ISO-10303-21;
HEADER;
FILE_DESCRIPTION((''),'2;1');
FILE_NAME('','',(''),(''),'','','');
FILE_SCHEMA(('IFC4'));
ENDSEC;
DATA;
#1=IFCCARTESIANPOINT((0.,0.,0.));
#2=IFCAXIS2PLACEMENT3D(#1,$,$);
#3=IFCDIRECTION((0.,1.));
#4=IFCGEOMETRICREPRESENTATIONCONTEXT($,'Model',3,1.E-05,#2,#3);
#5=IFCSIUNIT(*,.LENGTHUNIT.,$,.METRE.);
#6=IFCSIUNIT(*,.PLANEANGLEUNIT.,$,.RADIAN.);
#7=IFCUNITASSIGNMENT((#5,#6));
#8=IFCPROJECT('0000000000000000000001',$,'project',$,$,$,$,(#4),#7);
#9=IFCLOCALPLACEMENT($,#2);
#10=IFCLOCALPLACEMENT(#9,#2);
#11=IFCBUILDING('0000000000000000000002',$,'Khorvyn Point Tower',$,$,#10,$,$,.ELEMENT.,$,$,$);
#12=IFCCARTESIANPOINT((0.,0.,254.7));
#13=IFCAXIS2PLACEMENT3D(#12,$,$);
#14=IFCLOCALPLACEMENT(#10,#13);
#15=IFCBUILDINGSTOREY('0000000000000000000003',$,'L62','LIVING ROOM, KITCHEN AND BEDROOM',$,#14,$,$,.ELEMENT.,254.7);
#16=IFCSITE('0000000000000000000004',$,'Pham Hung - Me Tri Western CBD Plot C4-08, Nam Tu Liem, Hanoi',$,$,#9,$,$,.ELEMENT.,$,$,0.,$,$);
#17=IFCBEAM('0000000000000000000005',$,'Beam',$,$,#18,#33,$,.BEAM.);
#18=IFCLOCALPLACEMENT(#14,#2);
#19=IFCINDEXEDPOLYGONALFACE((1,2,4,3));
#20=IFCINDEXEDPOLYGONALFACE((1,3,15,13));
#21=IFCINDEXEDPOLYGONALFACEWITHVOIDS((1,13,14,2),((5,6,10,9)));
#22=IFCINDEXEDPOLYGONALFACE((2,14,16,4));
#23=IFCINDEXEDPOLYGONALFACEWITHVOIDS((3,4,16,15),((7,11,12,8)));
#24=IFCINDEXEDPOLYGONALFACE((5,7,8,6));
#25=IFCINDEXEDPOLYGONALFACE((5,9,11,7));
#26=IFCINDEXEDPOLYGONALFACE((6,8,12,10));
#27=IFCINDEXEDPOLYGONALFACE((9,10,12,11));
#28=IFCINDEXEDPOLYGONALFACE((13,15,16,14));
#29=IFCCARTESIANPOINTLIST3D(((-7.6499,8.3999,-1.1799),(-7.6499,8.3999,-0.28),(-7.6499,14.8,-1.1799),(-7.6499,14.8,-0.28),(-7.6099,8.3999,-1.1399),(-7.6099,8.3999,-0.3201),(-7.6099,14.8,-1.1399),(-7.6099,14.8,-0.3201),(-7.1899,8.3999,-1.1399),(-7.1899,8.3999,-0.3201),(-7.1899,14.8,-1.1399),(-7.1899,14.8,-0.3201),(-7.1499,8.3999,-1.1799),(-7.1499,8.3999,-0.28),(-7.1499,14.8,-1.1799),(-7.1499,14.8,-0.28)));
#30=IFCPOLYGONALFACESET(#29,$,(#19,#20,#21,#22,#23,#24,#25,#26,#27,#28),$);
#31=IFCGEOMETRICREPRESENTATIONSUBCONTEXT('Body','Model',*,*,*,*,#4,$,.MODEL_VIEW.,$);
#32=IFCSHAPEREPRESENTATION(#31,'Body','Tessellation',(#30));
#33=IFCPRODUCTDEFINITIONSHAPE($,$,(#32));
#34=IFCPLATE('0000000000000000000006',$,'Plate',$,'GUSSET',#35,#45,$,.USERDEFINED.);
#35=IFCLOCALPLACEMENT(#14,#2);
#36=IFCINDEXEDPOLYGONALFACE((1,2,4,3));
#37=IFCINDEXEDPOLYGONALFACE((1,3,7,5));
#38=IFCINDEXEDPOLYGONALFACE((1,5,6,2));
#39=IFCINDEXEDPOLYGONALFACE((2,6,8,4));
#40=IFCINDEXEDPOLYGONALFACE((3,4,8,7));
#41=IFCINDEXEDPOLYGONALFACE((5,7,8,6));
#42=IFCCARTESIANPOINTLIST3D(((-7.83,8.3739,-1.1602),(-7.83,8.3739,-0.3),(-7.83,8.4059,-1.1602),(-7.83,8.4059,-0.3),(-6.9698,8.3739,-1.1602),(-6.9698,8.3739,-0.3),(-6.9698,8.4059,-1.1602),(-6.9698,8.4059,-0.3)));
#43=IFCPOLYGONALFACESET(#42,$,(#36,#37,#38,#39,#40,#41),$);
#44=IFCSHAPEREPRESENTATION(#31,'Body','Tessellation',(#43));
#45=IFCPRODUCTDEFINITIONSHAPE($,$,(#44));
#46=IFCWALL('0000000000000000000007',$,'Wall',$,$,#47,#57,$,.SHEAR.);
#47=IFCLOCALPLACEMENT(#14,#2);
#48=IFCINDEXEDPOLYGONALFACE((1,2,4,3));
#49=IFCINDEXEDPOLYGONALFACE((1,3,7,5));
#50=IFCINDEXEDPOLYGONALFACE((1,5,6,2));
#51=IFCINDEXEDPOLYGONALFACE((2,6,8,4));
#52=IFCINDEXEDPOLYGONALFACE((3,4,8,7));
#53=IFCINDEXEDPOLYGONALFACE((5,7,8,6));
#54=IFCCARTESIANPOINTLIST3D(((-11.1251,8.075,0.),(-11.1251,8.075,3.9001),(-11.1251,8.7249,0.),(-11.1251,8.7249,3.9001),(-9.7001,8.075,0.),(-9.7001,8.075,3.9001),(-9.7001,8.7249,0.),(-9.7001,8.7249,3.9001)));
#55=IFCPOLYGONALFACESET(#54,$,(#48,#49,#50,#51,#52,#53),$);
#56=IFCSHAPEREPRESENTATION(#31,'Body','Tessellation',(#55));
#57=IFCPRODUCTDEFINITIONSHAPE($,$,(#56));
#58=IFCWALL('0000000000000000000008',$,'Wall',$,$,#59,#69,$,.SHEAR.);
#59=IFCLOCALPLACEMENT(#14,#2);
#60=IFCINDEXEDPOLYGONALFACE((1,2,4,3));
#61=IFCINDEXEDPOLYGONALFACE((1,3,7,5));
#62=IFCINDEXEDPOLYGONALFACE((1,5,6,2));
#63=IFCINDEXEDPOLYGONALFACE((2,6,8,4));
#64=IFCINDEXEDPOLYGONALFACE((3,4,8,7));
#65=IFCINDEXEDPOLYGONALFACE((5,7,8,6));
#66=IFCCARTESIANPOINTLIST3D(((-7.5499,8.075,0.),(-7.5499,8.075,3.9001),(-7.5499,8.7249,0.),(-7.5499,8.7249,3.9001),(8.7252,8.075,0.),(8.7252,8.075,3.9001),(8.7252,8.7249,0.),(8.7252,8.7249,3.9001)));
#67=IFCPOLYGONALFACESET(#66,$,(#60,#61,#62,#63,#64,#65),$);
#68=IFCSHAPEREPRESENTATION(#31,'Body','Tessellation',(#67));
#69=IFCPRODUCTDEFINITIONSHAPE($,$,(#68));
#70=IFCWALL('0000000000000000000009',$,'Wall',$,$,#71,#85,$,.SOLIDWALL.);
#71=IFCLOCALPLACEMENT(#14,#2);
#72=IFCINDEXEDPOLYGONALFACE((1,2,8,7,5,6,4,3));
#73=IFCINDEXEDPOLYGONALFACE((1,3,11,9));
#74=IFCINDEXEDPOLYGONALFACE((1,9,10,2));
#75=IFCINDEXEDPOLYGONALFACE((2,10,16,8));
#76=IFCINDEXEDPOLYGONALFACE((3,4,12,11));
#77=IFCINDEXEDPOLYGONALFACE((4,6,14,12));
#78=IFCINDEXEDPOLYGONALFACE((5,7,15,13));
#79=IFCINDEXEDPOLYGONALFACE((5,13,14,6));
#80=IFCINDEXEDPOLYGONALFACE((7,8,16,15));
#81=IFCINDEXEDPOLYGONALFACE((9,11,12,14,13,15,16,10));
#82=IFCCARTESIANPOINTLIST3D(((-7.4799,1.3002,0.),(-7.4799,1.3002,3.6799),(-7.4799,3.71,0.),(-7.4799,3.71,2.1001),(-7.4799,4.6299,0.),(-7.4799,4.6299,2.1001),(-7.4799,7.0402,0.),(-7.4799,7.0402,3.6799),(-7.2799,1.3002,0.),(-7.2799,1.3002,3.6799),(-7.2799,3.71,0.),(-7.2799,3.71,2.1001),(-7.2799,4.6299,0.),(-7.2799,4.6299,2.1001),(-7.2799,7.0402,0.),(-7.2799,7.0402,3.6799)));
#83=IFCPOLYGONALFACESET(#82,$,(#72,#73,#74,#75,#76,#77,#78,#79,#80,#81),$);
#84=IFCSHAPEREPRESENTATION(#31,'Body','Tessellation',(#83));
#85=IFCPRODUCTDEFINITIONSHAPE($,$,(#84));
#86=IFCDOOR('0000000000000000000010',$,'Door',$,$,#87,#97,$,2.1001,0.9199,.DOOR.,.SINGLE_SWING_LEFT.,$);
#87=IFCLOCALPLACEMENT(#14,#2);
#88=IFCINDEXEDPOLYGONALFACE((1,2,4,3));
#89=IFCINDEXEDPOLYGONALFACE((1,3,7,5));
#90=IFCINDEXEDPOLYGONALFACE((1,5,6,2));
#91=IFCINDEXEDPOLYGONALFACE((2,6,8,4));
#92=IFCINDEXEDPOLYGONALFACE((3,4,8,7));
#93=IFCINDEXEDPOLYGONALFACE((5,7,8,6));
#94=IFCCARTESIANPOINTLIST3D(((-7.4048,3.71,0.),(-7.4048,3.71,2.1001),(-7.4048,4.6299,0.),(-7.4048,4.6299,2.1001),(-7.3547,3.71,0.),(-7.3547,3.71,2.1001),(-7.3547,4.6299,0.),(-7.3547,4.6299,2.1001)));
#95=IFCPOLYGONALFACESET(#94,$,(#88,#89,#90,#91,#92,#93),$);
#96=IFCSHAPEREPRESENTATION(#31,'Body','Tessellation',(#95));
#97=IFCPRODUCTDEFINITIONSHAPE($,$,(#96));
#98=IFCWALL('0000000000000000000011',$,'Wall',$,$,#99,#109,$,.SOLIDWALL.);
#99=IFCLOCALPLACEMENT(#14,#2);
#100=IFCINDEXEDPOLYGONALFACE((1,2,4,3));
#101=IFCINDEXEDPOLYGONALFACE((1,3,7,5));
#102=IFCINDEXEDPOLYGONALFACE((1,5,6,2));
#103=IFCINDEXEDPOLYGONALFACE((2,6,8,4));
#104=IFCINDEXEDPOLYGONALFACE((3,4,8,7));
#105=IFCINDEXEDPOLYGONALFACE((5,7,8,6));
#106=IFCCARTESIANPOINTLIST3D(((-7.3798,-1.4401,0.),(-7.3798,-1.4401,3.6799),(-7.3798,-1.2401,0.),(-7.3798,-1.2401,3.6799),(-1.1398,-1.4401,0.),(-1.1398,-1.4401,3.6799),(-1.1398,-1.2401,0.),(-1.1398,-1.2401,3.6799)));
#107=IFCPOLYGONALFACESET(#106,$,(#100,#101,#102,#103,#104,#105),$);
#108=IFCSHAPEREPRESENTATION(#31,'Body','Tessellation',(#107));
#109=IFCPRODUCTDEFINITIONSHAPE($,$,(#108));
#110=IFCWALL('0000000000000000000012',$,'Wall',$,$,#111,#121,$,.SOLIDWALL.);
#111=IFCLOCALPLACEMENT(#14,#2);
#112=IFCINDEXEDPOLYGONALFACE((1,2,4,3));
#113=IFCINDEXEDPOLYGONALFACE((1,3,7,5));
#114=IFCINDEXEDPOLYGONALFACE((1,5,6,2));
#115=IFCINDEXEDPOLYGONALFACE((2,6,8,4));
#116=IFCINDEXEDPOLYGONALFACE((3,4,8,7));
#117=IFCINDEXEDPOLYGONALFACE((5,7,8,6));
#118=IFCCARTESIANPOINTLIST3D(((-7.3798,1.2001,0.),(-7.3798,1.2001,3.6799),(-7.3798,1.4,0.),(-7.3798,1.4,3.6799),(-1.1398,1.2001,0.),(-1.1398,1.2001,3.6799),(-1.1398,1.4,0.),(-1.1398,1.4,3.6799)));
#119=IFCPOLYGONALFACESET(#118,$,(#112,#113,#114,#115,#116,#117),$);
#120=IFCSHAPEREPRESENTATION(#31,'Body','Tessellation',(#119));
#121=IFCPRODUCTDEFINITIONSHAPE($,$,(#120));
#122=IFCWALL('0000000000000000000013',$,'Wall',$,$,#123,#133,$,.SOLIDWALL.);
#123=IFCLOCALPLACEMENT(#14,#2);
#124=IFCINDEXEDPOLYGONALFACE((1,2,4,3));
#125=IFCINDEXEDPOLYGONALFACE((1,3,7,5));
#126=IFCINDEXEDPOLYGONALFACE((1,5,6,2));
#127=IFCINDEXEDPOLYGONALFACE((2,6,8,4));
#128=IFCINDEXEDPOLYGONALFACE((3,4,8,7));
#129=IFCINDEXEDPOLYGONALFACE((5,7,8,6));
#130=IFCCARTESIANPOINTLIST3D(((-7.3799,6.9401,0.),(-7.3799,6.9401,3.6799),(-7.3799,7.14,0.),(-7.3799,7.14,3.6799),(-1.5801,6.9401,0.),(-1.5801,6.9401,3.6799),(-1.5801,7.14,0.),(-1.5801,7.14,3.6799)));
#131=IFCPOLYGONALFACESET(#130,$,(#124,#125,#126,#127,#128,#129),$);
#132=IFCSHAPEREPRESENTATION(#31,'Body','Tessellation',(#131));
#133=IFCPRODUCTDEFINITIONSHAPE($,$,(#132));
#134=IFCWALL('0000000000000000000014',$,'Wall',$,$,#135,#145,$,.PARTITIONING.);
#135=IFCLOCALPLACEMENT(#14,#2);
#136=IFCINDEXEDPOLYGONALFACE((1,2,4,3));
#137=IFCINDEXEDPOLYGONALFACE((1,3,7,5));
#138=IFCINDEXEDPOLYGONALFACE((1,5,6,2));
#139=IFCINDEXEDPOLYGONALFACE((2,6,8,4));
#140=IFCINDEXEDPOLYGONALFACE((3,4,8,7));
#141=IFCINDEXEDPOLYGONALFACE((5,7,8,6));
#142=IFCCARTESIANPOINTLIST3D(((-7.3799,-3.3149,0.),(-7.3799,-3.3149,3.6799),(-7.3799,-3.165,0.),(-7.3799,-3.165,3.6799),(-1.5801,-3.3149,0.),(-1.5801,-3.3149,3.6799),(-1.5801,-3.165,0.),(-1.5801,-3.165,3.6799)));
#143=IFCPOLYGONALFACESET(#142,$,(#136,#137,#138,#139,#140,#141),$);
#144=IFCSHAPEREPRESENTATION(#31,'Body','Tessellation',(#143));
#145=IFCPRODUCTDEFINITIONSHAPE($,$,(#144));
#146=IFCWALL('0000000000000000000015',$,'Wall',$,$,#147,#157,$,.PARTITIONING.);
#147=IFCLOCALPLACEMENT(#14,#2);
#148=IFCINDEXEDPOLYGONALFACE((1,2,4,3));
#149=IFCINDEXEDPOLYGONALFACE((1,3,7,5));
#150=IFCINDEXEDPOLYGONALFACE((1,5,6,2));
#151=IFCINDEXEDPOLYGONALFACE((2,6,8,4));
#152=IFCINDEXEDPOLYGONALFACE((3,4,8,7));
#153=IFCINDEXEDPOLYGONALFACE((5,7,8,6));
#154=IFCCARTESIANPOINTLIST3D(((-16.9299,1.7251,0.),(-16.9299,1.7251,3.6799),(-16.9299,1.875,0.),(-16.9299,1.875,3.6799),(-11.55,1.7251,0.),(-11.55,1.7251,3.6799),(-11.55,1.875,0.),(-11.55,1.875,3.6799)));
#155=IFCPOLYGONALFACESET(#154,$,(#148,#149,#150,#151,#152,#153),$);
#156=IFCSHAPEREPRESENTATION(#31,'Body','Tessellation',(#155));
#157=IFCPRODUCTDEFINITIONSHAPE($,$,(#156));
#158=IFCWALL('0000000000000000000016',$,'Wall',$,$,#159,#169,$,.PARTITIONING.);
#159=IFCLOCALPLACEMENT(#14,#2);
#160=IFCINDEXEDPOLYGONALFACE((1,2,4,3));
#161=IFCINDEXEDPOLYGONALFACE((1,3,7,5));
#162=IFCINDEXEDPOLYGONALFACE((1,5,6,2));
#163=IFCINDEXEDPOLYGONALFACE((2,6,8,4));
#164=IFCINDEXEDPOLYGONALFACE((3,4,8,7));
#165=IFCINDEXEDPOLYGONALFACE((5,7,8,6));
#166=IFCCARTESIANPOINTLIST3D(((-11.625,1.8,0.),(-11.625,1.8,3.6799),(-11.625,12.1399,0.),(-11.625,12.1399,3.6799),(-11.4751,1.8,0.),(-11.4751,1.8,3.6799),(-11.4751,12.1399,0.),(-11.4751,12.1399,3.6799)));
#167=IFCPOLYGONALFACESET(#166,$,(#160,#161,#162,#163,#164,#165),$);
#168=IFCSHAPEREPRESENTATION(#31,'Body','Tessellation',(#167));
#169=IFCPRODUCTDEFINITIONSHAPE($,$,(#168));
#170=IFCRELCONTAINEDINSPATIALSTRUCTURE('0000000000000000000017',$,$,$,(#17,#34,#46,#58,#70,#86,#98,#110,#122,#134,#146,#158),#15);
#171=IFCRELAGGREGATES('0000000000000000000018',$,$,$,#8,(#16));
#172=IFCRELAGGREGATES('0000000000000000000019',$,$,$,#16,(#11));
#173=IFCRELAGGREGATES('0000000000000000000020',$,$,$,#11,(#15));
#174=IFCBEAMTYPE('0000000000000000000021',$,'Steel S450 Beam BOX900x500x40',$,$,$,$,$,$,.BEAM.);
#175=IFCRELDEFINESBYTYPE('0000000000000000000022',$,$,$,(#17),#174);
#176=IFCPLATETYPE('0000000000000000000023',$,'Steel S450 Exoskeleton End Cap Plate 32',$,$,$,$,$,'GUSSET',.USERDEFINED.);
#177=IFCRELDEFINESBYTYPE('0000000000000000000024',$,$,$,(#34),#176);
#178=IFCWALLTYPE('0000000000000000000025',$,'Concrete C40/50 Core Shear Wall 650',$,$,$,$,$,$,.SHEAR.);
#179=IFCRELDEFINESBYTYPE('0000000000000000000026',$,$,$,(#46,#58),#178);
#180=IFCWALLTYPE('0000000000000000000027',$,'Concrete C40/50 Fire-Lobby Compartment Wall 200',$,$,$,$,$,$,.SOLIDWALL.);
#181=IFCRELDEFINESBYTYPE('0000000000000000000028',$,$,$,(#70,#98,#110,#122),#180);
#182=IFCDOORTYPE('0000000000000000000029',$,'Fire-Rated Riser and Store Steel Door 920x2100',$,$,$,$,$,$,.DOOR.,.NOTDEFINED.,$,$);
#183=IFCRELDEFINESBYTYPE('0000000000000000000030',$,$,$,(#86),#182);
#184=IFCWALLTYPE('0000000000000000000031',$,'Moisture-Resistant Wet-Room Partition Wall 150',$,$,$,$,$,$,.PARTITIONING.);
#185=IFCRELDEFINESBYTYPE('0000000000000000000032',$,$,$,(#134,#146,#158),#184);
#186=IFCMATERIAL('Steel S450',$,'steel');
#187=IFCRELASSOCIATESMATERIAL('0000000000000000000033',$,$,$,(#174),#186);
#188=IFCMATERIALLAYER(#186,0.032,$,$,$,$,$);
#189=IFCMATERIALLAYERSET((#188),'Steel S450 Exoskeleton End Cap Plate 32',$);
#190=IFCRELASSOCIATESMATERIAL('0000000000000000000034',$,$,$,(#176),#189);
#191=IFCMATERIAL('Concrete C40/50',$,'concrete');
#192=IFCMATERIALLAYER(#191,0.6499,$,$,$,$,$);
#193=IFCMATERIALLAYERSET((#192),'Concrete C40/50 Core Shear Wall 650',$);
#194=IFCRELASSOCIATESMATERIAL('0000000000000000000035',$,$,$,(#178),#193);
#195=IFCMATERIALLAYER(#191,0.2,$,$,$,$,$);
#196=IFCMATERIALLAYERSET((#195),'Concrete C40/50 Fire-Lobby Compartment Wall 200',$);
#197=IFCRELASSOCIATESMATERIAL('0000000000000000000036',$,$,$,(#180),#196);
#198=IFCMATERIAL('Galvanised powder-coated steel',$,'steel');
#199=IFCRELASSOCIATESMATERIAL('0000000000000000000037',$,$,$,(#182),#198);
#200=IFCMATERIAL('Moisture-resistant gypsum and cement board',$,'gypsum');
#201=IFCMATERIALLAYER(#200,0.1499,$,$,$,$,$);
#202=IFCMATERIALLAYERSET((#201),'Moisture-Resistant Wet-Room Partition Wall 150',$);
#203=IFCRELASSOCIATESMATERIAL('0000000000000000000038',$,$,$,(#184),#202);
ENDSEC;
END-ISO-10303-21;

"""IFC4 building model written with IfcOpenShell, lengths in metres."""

from ifc_helpers import new_model, si_unit, direction, frame, frame_2d, origin, origin_2d, place, context, subcontext, project, spatial, rectangle, hollow_rectangle, extrude, material, layer, layer_set, material_profile, profile_set, type_object, element, fill, save


model = new_model("IFC4")

# Units and contexts
model_context = context("Model", 3, precision=1e-05, world=origin(), true_north=direction((0.0, 1.0)))
body_context = subcontext(model_context, "Body", "Model", "MODEL_VIEW")
ifc_project = project(units=[si_unit("LENGTHUNIT", "METRE"), si_unit("PLANEANGLEUNIT", "RADIAN")], contexts=[model_context])

# Site, building, storey
site_placement = place(None, origin())
site = spatial("IfcSite", under=ifc_project, at=site_placement, Name="Pham Hung - Me Tri Western CBD Plot C4-08, Nam Tu Liem, Hanoi", CompositionType="ELEMENT", RefElevation=0.0)
building_placement = place(site_placement, origin())
building = spatial("IfcBuilding", under=site, at=building_placement, Name="Khorvyn Point Tower", CompositionType="ELEMENT")
storey_placement = place(building_placement, frame((0.0, 0.0, 254.7)))
storey = spatial("IfcBuildingStorey", under=building, at=storey_placement, Name="L62", Description="LIVING ROOM, KITCHEN AND BEDROOM", CompositionType="ELEMENT", Elevation=254.7)

# Shared definitions
ifc_material_1 = material(Name="Concrete C40/50", Category="concrete")

# Beam
ifc_material_2 = material(Name="Steel S450", Category="steel")
ifc_material_profile_1 = material_profile(ifc_material_2, hollow_rectangle(XDim=0.5, YDim=0.8999, WallThickness=0.04, at=origin_2d()))
ifc_profile_set_1 = profile_set([ifc_material_profile_1], Name="Steel S450 BOX900x500x40")
beam_type_1 = type_object("IfcBeamType", Name="Steel S450 Beam BOX900x500x40", PredefinedType="BEAM", material=ifc_profile_set_1)
beam_1_placement = place(storey_placement, frame((-7.3999, 8.3999, -0.73), z_axis=(0.0, 1.0, 0.0), x_axis=(-1.0, 0.0, 0.0)))
element("IfcBeam", 1, at=beam_1_placement, inside=storey, type_object=beam_type_1, Name="Beam", PredefinedType="BEAM", context=body_context, shape_type="SweptSolid", body=[
    extrude(hollow_rectangle(XDim=0.5, YDim=0.8999, WallThickness=0.04, at=origin_2d()), origin(), (0.0, 0.0, 1.0), 6.4001),
])

# Plate
ifc_layer_1 = layer(ifc_material_2, 0.032)
ifc_layer_set_1 = layer_set([ifc_layer_1], Name="Steel S450 Exoskeleton End Cap Plate 32")
plate_type = type_object("IfcPlateType", Name="Steel S450 Exoskeleton End Cap Plate 32", ElementType="GUSSET", PredefinedType="USERDEFINED", material=ifc_layer_set_1)
plate_placement = place(storey_placement, frame((-7.3999, 8.3899, -1.1602), z_axis=(0.0, 0.0, 1.0), x_axis=(1.0, 0.0, 0.0)))
element("IfcPlate", 2, at=plate_placement, inside=storey, type_object=plate_type, Name="Plate", ObjectType="GUSSET", PredefinedType="USERDEFINED", context=body_context, shape_type="SweptSolid", body=[
    extrude(rectangle(XDim=0.8601, YDim=0.032, at=origin_2d()), origin(), (0.0, 0.0, 1.0), 0.8601),
])

# Walls
ifc_layer_2 = layer(ifc_material_1, 0.6499)
ifc_layer_set_2 = layer_set([ifc_layer_2], Name="Concrete C40/50 Core Shear Wall 650")
wall_type_1 = type_object("IfcWallType", Name="Concrete C40/50 Core Shear Wall 650", PredefinedType="SHEAR", material=ifc_layer_set_2)
wall_1_placement = place(storey_placement, frame((-11.125, 8.3999, 0.0), z_axis=(0.0, 0.0, 1.0), x_axis=(1.0, 0.0, 0.0)))
element("IfcWall", 3, at=wall_1_placement, inside=storey, type_object=wall_type_1, Name="Wall", PredefinedType="SHEAR", context=body_context, shape_type="SweptSolid", body=[
    extrude(rectangle(XDim=1.425, YDim=0.6499, at=frame_2d((0.7124, 0.0))), origin(), (0.0, 0.0, 1.0), 3.9001),
])
wall_2_placement = place(storey_placement, frame((-7.55, 8.3999, 0.0), z_axis=(0.0, 0.0, 1.0), x_axis=(1.0, 0.0, 0.0)))
element("IfcWall", 4, at=wall_2_placement, inside=storey, type_object=wall_type_1, Name="Wall", PredefinedType="SHEAR", context=body_context, shape_type="SweptSolid", body=[
    extrude(rectangle(XDim=16.2751, YDim=0.6499, at=frame_2d((8.1377, 0.0))), origin(), (0.0, 0.0, 1.0), 3.9001),
])

# Wall, opening, door
ifc_layer_3 = layer(ifc_material_1, 0.2)
ifc_layer_set_3 = layer_set([ifc_layer_3], Name="Concrete C40/50 Fire-Lobby Compartment Wall 200")
wall_type_2 = type_object("IfcWallType", Name="Concrete C40/50 Fire-Lobby Compartment Wall 200", PredefinedType="SOLIDWALL", material=ifc_layer_set_3)
ifc_material_3 = material(Name="Galvanised powder-coated steel", Category="steel")
wall_3_placement = place(storey_placement, frame((-7.3799, 1.3, 0.0), z_axis=(0.0, 0.0, 1.0), x_axis=(0.0, 1.0, 0.0)))
wall_3 = element("IfcWall", 5, at=wall_3_placement, inside=storey, type_object=wall_type_2, Name="Wall", PredefinedType="SOLIDWALL", context=body_context, shape_type="SweptSolid", body=[
    extrude(rectangle(XDim=5.74, YDim=0.2, at=frame_2d((2.8701, 0.0))), origin(), (0.0, 0.0, 1.0), 3.6799),
])
opening_1_placement = place(wall_3_placement, frame((2.4099, 0.0, 0.0)))
opening_1 = element("IfcOpeningElement", 6, at=opening_1_placement, cuts=wall_3, PredefinedType="OPENING", context=body_context, shape_type="SweptSolid", body=[
    extrude(rectangle(XDim=0.9199, YDim=2.1001, at=frame_2d((0.46, 1.05))), frame((0.0, 0.1099, 0.0), z_axis=(0.0, -1.0, 0.0), x_axis=(1.0, 0.0, 0.0)), (0.0, 0.0, 1.0), 0.22),
])
door_type_1 = type_object("IfcDoorType", Name="Fire-Rated Riser and Store Steel Door 920x2100", OperationType="NOTDEFINED", PredefinedType="DOOR", material=ifc_material_3)
door_1_placement = place(opening_1_placement, origin())
door_1 = element("IfcDoor", 7, at=door_1_placement, inside=storey, type_object=door_type_1, Name="Door", OperationType="SINGLE_SWING_LEFT", OverallHeight=2.1001, OverallWidth=0.9199, PredefinedType="DOOR", context=body_context, shape_type="SweptSolid", body=[
    extrude(rectangle(XDim=0.9199, YDim=2.1001, at=frame_2d((0.46, 1.05))), frame((0.0, 0.0249, 0.0), z_axis=(0.0, -1.0, 0.0), x_axis=(1.0, 0.0, 0.0)), (0.0, 0.0, 1.0), 0.05),
])
fill(opening_1, door_1)

# Walls
for number, where, z_axis, x_axis, name in (
    (8, (-7.3799, -1.3401, 0.0), (0.0, 0.0, 1.0), (1.0, 0.0, 0.0), "Wall"),
    (9, (-7.3799, 1.3, 0.0), (0.0, 0.0, 1.0), (1.0, 0.0, 0.0), "Wall"),
):
    element("IfcWall", number, at=place(storey_placement, frame(where, z_axis=z_axis, x_axis=x_axis)), inside=storey, type_object=wall_type_2, Name=name, PredefinedType="SOLIDWALL", context=body_context, shape_type="SweptSolid", body=[
        extrude(rectangle(XDim=6.24, YDim=0.2, at=frame_2d((3.1201, 0.0))), origin(), (0.0, 0.0, 1.0), 3.6799),
    ])
wall_4_placement = place(storey_placement, frame((-7.3799, 7.04, 0.0), z_axis=(0.0, 0.0, 1.0), x_axis=(1.0, 0.0, 0.0)))
element("IfcWall", 10, at=wall_4_placement, inside=storey, type_object=wall_type_2, Name="Wall", PredefinedType="SOLIDWALL", context=body_context, shape_type="SweptSolid", body=[
    extrude(rectangle(XDim=5.7998, YDim=0.2, at=frame_2d((2.8999, 0.0))), origin(), (0.0, 0.0, 1.0), 3.6799),
])
ifc_material_4 = material(Name="Moisture-resistant gypsum and cement board", Category="gypsum")
ifc_layer_4 = layer(ifc_material_4, 0.1499)
ifc_layer_set_4 = layer_set([ifc_layer_4], Name="Moisture-Resistant Wet-Room Partition Wall 150")
wall_type_3 = type_object("IfcWallType", Name="Moisture-Resistant Wet-Room Partition Wall 150", PredefinedType="PARTITIONING", material=ifc_layer_set_4)
wall_5_placement = place(storey_placement, frame((-7.3799, -3.24, 0.0), z_axis=(0.0, 0.0, 1.0), x_axis=(1.0, 0.0, 0.0)))
element("IfcWall", 11, at=wall_5_placement, inside=storey, type_object=wall_type_3, Name="Wall", PredefinedType="PARTITIONING", context=body_context, shape_type="SweptSolid", body=[
    extrude(rectangle(XDim=5.7998, YDim=0.1499, at=frame_2d((2.8999, 0.0))), origin(), (0.0, 0.0, 1.0), 3.6799),
])
wall_6_placement = place(storey_placement, frame((-16.9299, 1.8, 0.0), z_axis=(0.0, 0.0, 1.0), x_axis=(1.0, 0.0, 0.0)))
element("IfcWall", 12, at=wall_6_placement, inside=storey, type_object=wall_type_3, Name="Wall", PredefinedType="PARTITIONING", context=body_context, shape_type="SweptSolid", body=[
    extrude(rectangle(XDim=5.3799, YDim=0.1499, at=frame_2d((2.6899, 0.0))), origin(), (0.0, 0.0, 1.0), 3.6799),
])
wall_7_placement = place(storey_placement, frame((-11.55, 1.8, 0.0), z_axis=(0.0, 0.0, 1.0), x_axis=(0.0, 1.0, 0.0)))
element("IfcWall", 13, at=wall_7_placement, inside=storey, type_object=wall_type_3, Name="Wall", PredefinedType="PARTITIONING", context=body_context, shape_type="SweptSolid", body=[
    extrude(rectangle(XDim=10.3398, YDim=0.1499, at=frame_2d((5.1699, 0.0))), origin(), (0.0, 0.0, 1.0), 3.6799),
])

save(model, "model.ifc")
